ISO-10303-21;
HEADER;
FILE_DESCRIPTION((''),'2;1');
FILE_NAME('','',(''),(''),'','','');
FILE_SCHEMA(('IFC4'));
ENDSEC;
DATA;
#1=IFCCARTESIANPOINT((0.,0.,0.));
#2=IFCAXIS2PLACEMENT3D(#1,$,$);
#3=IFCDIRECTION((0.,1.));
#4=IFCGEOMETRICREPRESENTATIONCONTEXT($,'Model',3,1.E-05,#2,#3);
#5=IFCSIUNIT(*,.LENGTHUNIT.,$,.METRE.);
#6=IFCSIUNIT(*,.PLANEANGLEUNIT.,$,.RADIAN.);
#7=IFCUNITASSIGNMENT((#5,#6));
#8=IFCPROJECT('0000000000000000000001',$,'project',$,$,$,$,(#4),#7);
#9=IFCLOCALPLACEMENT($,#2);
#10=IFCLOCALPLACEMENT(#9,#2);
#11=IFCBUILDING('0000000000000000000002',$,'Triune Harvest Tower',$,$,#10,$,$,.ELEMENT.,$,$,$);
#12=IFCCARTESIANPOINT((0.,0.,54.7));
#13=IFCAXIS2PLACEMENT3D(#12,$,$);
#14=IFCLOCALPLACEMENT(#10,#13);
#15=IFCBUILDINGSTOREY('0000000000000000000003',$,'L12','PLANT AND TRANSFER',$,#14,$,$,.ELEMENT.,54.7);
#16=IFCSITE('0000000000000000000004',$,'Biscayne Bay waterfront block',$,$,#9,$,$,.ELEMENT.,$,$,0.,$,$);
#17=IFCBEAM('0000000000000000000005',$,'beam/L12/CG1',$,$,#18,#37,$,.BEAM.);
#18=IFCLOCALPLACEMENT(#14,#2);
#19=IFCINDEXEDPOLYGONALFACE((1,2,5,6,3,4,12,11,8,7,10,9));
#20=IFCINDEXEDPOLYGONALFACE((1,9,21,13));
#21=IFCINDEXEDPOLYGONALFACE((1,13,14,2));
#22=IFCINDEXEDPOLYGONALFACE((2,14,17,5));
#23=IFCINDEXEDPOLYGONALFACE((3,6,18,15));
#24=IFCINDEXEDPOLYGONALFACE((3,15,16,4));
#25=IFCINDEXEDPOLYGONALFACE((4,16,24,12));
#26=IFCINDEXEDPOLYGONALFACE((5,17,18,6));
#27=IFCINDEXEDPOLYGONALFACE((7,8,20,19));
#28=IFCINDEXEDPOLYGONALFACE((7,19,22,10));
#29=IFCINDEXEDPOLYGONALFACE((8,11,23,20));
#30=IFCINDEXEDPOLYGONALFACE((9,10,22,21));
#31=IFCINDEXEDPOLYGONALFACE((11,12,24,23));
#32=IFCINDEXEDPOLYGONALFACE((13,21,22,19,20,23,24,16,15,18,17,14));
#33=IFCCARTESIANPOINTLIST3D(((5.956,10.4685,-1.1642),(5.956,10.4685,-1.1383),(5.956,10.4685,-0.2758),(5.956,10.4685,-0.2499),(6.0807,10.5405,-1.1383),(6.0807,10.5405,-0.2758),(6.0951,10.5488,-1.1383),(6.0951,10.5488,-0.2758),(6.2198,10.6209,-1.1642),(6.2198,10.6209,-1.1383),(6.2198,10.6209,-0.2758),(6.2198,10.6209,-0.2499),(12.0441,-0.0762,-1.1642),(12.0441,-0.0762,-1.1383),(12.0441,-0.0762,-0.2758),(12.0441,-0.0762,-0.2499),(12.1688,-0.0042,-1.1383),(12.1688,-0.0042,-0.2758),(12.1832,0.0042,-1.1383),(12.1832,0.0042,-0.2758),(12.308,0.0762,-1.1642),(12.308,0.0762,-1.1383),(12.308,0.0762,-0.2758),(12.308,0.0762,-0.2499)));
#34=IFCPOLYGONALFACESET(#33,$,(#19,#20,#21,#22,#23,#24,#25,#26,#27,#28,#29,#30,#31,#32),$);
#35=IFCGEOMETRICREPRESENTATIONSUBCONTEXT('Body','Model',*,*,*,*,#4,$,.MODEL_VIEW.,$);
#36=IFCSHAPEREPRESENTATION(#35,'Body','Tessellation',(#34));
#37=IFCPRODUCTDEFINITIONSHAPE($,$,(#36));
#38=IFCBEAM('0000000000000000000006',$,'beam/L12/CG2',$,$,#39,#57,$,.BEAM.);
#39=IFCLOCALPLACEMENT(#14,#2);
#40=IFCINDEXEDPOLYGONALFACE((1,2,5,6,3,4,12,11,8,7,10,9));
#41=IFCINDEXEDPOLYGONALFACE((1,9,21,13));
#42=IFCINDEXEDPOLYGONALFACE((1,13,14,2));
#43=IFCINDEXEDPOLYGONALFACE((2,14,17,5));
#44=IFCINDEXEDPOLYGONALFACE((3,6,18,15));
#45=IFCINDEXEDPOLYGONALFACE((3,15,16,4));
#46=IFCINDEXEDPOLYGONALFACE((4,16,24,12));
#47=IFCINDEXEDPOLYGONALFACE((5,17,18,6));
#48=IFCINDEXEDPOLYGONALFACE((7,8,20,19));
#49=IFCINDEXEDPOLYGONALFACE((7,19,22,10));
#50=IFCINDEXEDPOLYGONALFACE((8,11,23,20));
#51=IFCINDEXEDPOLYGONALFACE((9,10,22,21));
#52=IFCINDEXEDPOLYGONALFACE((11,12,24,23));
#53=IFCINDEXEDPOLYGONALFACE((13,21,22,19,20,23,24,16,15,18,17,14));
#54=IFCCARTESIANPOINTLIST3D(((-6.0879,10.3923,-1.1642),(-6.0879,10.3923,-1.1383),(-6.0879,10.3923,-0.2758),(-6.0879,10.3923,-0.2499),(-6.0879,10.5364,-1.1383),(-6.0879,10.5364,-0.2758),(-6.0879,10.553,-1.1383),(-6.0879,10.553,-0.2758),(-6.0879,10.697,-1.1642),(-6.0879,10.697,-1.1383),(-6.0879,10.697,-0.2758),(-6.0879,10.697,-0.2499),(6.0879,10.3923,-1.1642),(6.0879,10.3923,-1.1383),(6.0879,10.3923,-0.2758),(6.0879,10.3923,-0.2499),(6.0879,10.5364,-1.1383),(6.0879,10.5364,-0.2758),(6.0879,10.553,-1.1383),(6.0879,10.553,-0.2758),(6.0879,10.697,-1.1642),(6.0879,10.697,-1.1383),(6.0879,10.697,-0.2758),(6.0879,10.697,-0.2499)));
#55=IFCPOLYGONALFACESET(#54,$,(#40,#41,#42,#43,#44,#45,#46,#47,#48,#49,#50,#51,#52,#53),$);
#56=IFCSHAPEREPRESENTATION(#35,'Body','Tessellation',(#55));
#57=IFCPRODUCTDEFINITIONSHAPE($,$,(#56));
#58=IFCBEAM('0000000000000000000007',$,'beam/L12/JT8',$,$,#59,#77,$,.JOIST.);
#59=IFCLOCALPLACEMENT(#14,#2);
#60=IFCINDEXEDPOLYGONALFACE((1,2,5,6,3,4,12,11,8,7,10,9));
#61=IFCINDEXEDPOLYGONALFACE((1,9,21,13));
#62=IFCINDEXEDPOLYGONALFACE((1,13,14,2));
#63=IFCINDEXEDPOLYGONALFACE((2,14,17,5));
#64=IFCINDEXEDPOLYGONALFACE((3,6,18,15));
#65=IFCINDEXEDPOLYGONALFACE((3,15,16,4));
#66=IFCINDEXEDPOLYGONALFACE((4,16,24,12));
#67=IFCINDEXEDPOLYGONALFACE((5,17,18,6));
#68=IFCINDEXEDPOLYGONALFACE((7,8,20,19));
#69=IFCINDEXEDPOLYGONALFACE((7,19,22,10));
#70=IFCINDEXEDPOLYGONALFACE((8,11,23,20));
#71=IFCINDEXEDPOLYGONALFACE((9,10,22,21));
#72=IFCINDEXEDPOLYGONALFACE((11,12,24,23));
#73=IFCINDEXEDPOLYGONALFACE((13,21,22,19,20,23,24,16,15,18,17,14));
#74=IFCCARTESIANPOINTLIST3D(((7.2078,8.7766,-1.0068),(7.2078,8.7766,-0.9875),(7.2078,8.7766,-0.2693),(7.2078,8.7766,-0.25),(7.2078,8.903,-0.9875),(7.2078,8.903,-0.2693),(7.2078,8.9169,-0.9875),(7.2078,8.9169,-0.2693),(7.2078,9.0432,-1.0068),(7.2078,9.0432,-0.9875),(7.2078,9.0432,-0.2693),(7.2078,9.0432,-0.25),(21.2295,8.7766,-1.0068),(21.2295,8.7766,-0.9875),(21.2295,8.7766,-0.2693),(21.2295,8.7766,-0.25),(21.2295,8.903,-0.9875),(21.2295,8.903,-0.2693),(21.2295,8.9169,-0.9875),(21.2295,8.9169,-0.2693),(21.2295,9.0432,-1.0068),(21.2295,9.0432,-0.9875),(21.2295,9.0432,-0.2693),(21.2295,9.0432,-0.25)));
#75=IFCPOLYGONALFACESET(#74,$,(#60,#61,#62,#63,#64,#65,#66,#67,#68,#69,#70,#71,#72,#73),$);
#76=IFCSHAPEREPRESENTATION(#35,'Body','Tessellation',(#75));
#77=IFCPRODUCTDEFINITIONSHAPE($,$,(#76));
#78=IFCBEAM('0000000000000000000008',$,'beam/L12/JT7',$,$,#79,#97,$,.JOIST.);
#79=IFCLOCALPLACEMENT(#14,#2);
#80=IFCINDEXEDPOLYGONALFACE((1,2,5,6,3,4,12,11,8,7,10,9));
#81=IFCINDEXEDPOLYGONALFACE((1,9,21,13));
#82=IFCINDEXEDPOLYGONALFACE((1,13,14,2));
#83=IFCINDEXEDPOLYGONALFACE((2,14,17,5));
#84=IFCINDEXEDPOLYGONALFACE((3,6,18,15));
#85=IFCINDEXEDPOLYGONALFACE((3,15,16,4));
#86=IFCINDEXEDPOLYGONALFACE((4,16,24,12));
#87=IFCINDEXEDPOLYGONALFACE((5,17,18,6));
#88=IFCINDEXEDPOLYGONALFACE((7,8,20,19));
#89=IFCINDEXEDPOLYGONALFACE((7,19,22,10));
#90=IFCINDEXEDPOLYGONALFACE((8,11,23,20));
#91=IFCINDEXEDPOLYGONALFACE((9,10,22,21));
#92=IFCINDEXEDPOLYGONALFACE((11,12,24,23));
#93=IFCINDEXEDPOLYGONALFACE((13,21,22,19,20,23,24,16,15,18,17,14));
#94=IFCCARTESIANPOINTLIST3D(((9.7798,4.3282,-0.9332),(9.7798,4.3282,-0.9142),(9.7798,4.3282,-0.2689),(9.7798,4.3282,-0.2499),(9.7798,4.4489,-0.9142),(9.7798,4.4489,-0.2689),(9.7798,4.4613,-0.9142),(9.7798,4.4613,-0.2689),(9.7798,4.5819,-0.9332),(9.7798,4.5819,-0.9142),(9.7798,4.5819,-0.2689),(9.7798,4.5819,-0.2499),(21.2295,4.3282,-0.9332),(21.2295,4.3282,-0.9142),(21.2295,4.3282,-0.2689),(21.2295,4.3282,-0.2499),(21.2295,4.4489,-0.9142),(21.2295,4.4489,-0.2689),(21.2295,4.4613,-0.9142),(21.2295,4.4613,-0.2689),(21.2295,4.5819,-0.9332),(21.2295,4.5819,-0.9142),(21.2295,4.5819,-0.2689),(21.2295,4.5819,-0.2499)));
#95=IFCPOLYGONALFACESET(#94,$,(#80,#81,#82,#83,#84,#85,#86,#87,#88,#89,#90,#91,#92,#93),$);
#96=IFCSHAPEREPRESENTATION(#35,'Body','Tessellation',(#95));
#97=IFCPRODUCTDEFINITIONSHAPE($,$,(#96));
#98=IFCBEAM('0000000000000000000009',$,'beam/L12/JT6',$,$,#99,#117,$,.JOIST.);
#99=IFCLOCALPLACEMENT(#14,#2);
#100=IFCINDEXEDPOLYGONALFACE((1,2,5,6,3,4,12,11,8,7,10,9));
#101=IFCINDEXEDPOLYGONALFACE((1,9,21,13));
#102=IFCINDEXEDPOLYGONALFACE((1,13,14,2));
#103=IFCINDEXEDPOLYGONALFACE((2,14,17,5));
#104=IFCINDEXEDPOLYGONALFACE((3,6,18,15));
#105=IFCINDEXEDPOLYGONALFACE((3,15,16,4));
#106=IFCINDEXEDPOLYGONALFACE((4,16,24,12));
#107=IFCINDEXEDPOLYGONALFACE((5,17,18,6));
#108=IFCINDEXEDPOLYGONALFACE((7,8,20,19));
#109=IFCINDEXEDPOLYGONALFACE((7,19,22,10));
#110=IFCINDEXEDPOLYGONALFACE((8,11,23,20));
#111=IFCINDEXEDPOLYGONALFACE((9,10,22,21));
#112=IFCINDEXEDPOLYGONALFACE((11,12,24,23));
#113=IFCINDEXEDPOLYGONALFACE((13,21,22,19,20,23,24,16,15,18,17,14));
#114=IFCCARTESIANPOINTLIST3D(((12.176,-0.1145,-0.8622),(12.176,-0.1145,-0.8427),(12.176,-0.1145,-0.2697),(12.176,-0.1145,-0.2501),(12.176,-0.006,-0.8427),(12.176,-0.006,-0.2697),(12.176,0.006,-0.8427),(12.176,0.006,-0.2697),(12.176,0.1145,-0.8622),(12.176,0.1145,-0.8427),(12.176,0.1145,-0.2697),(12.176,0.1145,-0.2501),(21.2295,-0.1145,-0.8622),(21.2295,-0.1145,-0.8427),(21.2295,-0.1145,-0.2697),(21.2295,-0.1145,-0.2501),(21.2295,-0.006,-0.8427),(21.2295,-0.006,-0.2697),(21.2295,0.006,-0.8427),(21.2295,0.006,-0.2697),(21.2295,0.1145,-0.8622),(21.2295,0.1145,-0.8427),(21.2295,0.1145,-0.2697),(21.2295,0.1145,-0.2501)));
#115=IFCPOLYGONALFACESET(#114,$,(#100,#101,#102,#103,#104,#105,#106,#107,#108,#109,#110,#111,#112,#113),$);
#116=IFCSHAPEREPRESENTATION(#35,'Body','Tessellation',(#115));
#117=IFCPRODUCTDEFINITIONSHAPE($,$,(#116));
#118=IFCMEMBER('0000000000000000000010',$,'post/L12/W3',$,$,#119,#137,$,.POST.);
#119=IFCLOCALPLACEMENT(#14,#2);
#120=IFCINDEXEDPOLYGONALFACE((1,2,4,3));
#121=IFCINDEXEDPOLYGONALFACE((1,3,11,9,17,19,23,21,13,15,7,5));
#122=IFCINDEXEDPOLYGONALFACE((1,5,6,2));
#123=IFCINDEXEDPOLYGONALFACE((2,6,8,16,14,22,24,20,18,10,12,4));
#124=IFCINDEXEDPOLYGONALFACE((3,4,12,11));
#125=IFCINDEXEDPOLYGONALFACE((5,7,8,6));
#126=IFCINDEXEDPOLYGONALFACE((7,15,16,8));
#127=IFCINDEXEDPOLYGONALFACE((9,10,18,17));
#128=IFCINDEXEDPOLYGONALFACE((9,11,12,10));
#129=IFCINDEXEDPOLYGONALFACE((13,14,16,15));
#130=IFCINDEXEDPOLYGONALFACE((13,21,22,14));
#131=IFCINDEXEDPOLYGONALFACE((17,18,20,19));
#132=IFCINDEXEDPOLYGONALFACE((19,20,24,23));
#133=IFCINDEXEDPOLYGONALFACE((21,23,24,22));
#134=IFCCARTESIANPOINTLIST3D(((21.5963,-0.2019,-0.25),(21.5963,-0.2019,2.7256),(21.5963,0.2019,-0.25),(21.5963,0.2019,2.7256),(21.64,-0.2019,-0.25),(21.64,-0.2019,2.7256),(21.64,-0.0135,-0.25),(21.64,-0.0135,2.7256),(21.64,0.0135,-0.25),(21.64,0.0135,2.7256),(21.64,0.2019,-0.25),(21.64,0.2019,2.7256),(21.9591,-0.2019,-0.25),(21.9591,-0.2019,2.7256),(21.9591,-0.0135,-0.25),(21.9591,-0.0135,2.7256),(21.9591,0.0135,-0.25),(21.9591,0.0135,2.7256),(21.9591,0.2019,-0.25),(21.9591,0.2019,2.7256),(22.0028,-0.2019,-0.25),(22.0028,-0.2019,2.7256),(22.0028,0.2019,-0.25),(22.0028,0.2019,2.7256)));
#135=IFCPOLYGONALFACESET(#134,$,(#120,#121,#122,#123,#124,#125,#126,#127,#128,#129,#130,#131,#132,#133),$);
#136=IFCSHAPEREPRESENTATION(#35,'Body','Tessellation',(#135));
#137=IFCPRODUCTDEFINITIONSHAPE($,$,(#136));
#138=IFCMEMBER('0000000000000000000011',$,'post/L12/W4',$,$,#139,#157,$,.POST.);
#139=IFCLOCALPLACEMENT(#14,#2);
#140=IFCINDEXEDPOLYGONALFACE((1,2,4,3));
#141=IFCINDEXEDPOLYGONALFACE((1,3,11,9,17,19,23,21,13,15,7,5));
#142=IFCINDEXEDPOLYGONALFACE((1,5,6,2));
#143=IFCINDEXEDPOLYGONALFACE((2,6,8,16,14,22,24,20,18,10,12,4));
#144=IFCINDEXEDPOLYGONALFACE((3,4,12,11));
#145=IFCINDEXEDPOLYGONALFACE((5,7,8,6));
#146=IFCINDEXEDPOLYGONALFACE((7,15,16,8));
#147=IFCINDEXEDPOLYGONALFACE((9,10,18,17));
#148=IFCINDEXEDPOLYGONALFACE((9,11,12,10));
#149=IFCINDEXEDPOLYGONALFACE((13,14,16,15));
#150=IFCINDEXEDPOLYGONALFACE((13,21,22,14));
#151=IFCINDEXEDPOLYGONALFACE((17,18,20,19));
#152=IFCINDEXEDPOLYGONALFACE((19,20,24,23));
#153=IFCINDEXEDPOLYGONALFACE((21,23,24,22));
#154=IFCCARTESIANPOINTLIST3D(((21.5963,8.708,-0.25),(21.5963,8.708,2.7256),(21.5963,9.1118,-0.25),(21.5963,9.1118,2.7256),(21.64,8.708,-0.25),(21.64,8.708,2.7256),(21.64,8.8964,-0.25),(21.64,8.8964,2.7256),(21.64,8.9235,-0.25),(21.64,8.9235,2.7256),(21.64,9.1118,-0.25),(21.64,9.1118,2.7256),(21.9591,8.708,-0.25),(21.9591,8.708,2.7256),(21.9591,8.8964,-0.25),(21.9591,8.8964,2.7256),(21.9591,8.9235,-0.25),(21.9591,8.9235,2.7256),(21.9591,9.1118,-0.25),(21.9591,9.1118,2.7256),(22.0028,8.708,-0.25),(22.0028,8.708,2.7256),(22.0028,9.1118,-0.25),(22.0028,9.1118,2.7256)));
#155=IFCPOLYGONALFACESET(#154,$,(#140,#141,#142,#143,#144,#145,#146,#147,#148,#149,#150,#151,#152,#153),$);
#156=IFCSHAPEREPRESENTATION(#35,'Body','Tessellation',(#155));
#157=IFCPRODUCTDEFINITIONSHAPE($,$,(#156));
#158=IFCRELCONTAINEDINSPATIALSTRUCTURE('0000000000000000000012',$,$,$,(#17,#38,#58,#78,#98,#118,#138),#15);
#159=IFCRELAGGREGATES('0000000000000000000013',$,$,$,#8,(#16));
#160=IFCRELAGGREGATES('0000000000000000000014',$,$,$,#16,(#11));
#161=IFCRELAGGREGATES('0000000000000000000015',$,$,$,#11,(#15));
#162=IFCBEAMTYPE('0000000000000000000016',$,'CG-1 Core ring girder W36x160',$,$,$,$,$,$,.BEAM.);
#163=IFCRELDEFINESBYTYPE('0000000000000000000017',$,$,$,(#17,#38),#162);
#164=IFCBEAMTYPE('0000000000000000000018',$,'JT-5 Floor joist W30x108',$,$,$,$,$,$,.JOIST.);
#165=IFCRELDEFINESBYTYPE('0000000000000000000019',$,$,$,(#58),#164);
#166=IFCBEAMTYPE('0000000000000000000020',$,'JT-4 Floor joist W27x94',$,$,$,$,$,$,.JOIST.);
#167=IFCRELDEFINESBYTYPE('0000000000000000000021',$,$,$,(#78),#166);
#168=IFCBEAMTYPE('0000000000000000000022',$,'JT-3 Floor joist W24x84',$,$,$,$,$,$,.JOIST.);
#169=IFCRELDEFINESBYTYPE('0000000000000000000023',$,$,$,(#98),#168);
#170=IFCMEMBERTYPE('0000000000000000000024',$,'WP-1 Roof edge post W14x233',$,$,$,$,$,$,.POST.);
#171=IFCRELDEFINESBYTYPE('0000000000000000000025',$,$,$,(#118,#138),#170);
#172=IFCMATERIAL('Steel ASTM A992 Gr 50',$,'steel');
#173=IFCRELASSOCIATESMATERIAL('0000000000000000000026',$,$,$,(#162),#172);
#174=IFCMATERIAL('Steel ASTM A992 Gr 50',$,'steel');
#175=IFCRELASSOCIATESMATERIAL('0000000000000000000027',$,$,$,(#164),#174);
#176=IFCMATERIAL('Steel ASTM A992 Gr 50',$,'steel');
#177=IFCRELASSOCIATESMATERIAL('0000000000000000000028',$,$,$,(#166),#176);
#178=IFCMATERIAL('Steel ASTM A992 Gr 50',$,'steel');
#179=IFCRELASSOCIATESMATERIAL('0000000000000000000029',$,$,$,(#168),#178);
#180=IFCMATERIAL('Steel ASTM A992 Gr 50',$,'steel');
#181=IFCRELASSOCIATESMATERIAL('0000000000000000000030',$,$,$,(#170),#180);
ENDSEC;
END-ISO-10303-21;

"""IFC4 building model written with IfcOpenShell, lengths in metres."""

from ifc_helpers import new_model, si_unit, direction, frame, origin, origin_2d, place, context, subcontext, project, spatial, i_section, extrude, source, transform, mapped, material, material_profile, profile_set, type_object, element, save


model = new_model("IFC4")

# Units and contexts
model_context = context("Model", 3, precision=1e-05, world=origin(), true_north=direction((0.0, 1.0)))
body_context = subcontext(model_context, "Body", "Model", "MODEL_VIEW")
ifc_project = project(units=[si_unit("LENGTHUNIT", "METRE"), si_unit("PLANEANGLEUNIT", "RADIAN")], contexts=[model_context])

# Site, building, storey
site_placement = place(None, origin())
site = spatial("IfcSite", under=ifc_project, at=site_placement, Name="Biscayne Bay waterfront block", CompositionType="ELEMENT", RefElevation=0.0)
building_placement = place(site_placement, origin())
building = spatial("IfcBuilding", under=site, at=building_placement, Name="Triune Harvest Tower", CompositionType="ELEMENT")
storey_placement = place(building_placement, frame((0.0, 0.0, 54.7)))
storey = spatial("IfcBuildingStorey", under=building, at=storey_placement, Name="L12", Description="PLANT AND TRANSFER", CompositionType="ELEMENT", Elevation=54.7)

# Beams
ifc_material_1 = material(Name="Steel ASTM A992 Gr 50", Category="steel")
ifc_material_profile_1 = material_profile(ifc_material_1, i_section(OverallWidth=0.3047, OverallDepth=0.9143, WebThickness=0.0166, FlangeThickness=0.0259, at=origin_2d()), Name="W36x160")
ifc_profile_set_1 = profile_set([ifc_material_profile_1], Name="Steel ASTM A992 Gr 50")
beam_type_1 = type_object("IfcBeamType", Name="CG-1 Core ring girder W36x160", PredefinedType="BEAM", material=ifc_profile_set_1)
shared_shape_1 = source(origin(), body_context, "Body", "SweptSolid", [
    extrude(i_section(OverallWidth=0.3047, OverallDepth=0.9143, WebThickness=0.0166, FlangeThickness=0.0259, at=origin_2d()), origin(), (0.0, 0.0, 1.0), 12.176),
])
beam_1_placement = place(storey_placement, frame((12.176, 0.0, -0.707), z_axis=(-0.50001, 0.86602, 0.0), x_axis=(-0.86602, -0.50001, 0.0)))
element("IfcBeam", 1, at=beam_1_placement, inside=storey, type_object=beam_type_1, Name="beam/L12/CG1", PredefinedType="BEAM", context=body_context, shape_type="MappedRepresentation", body=[
    mapped(shared_shape_1, transform((0.0, 0.0, 0.0), scale=1.0)),
])
shared_shape_2 = source(origin(), body_context, "Body", "SweptSolid", [
    extrude(i_section(OverallWidth=0.3047, OverallDepth=0.9143, WebThickness=0.0166, FlangeThickness=0.0259, at=origin_2d()), origin(), (0.0, 0.0, 1.0), 12.1758),
])
beam_2_placement = place(storey_placement, frame((6.0879, 10.5447, -0.707), z_axis=(-1.0, 0.0, 0.0), x_axis=(0.0, -1.0, 0.0)))
element("IfcBeam", 2, at=beam_2_placement, inside=storey, type_object=beam_type_1, Name="beam/L12/CG2", PredefinedType="BEAM", context=body_context, shape_type="MappedRepresentation", body=[
    mapped(shared_shape_2, transform((0.0, 0.0, 0.0), scale=1.0)),
])
ifc_material_2 = material(Name="Steel ASTM A992 Gr 50", Category="steel")
ifc_material_profile_2 = material_profile(ifc_material_2, i_section(OverallWidth=0.2666, OverallDepth=0.7568, WebThickness=0.0139, FlangeThickness=0.0193, at=origin_2d()), Name="W30x108")
ifc_profile_set_2 = profile_set([ifc_material_profile_2], Name="Steel ASTM A992 Gr 50")
beam_type_2 = type_object("IfcBeamType", Name="JT-5 Floor joist W30x108", PredefinedType="JOIST", material=ifc_profile_set_2)
shared_shape_3 = source(origin(), body_context, "Body", "SweptSolid", [
    extrude(i_section(OverallWidth=0.2666, OverallDepth=0.7568, WebThickness=0.0139, FlangeThickness=0.0193, at=origin_2d()), origin(), (0.0, 0.0, 1.0), 14.0217),
])
beam_3_placement = place(storey_placement, frame((21.2295, 8.9099, -0.6284), z_axis=(-1.0, 0.0, 0.0), x_axis=(0.0, -1.0, 0.0)))
element("IfcBeam", 3, at=beam_3_placement, inside=storey, type_object=beam_type_2, Name="beam/L12/JT8", PredefinedType="JOIST", context=body_context, shape_type="MappedRepresentation", body=[
    mapped(shared_shape_3, transform((0.0, 0.0, 0.0), scale=1.0)),
])
ifc_material_3 = material(Name="Steel ASTM A992 Gr 50", Category="steel")
ifc_material_profile_3 = material_profile(ifc_material_3, i_section(OverallWidth=0.2537, OverallDepth=0.6833, WebThickness=0.0125, FlangeThickness=0.019, at=origin_2d()), Name="W27x94")
ifc_profile_set_3 = profile_set([ifc_material_profile_3], Name="Steel ASTM A992 Gr 50")
beam_type_3 = type_object("IfcBeamType", Name="JT-4 Floor joist W27x94", PredefinedType="JOIST", material=ifc_profile_set_3)
shared_shape_4 = source(origin(), body_context, "Body", "SweptSolid", [
    extrude(i_section(OverallWidth=0.2537, OverallDepth=0.6833, WebThickness=0.0125, FlangeThickness=0.019, at=origin_2d()), origin(), (0.0, 0.0, 1.0), 11.4497),
])
beam_4_placement = place(storey_placement, frame((21.2295, 4.4551, -0.5916), z_axis=(-1.0, 0.0, 0.0), x_axis=(0.0, -1.0, 0.0)))
element("IfcBeam", 4, at=beam_4_placement, inside=storey, type_object=beam_type_3, Name="beam/L12/JT7", PredefinedType="JOIST", context=body_context, shape_type="MappedRepresentation", body=[
    mapped(shared_shape_4, transform((0.0, 0.0, 0.0), scale=1.0)),
])
ifc_material_4 = material(Name="Steel ASTM A992 Gr 50", Category="steel")
ifc_material_profile_4 = material_profile(ifc_material_4, i_section(OverallWidth=0.229, OverallDepth=0.6121, WebThickness=0.012, FlangeThickness=0.0195, at=origin_2d()), Name="W24x84")
ifc_profile_set_4 = profile_set([ifc_material_profile_4], Name="Steel ASTM A992 Gr 50")
beam_type_4 = type_object("IfcBeamType", Name="JT-3 Floor joist W24x84", PredefinedType="JOIST", material=ifc_profile_set_4)
shared_shape_5 = source(origin(), body_context, "Body", "SweptSolid", [
    extrude(i_section(OverallWidth=0.229, OverallDepth=0.6121, WebThickness=0.012, FlangeThickness=0.0195, at=origin_2d()), origin(), (0.0, 0.0, 1.0), 9.0535),
])
beam_5_placement = place(storey_placement, frame((21.2295, 0.0, -0.5562), z_axis=(-1.0, 0.0, 0.0), x_axis=(0.0, -1.0, 0.0)))
element("IfcBeam", 5, at=beam_5_placement, inside=storey, type_object=beam_type_4, Name="beam/L12/JT6", PredefinedType="JOIST", context=body_context, shape_type="MappedRepresentation", body=[
    mapped(shared_shape_5, transform((0.0, 0.0, 0.0), scale=1.0)),
])

# Members
ifc_material_5 = material(Name="Steel ASTM A992 Gr 50", Category="steel")
ifc_material_profile_5 = material_profile(ifc_material_5, i_section(OverallWidth=0.4038, OverallDepth=0.4065, WebThickness=0.0271, FlangeThickness=0.0437, at=origin_2d()), Name="W14x233")
ifc_profile_set_5 = profile_set([ifc_material_profile_5], Name="Steel ASTM A992 Gr 50")
member_type_1 = type_object("IfcMemberType", Name="WP-1 Roof edge post W14x233", PredefinedType="POST", material=ifc_profile_set_5)
shared_shape_6 = source(origin(), body_context, "Body", "SweptSolid", [
    extrude(i_section(OverallWidth=0.4038, OverallDepth=0.4065, WebThickness=0.0271, FlangeThickness=0.0437, at=origin_2d()), origin(), (0.0, 0.0, 1.0), 2.9756),
])
for number, where, z_axis, x_axis, name in (
    (6, (21.7996, 0.0, -0.25), (0.0, 0.0, 1.0), (0.0, 1.0, 0.0), "post/L12/W3"),
    (7, (21.7996, 8.9099, -0.25), (0.0, 0.0, 1.0), (0.0, 1.0, 0.0), "post/L12/W4"),
):
    element("IfcMember", number, at=place(storey_placement, frame(where, z_axis=z_axis, x_axis=x_axis)), inside=storey, type_object=member_type_1, Name=name, PredefinedType="POST", context=body_context, shape_type="MappedRepresentation", body=[
        mapped(shared_shape_6, transform((0.0, 0.0, 0.0), scale=1.0)),
    ])

save(model, "model.ifc")
